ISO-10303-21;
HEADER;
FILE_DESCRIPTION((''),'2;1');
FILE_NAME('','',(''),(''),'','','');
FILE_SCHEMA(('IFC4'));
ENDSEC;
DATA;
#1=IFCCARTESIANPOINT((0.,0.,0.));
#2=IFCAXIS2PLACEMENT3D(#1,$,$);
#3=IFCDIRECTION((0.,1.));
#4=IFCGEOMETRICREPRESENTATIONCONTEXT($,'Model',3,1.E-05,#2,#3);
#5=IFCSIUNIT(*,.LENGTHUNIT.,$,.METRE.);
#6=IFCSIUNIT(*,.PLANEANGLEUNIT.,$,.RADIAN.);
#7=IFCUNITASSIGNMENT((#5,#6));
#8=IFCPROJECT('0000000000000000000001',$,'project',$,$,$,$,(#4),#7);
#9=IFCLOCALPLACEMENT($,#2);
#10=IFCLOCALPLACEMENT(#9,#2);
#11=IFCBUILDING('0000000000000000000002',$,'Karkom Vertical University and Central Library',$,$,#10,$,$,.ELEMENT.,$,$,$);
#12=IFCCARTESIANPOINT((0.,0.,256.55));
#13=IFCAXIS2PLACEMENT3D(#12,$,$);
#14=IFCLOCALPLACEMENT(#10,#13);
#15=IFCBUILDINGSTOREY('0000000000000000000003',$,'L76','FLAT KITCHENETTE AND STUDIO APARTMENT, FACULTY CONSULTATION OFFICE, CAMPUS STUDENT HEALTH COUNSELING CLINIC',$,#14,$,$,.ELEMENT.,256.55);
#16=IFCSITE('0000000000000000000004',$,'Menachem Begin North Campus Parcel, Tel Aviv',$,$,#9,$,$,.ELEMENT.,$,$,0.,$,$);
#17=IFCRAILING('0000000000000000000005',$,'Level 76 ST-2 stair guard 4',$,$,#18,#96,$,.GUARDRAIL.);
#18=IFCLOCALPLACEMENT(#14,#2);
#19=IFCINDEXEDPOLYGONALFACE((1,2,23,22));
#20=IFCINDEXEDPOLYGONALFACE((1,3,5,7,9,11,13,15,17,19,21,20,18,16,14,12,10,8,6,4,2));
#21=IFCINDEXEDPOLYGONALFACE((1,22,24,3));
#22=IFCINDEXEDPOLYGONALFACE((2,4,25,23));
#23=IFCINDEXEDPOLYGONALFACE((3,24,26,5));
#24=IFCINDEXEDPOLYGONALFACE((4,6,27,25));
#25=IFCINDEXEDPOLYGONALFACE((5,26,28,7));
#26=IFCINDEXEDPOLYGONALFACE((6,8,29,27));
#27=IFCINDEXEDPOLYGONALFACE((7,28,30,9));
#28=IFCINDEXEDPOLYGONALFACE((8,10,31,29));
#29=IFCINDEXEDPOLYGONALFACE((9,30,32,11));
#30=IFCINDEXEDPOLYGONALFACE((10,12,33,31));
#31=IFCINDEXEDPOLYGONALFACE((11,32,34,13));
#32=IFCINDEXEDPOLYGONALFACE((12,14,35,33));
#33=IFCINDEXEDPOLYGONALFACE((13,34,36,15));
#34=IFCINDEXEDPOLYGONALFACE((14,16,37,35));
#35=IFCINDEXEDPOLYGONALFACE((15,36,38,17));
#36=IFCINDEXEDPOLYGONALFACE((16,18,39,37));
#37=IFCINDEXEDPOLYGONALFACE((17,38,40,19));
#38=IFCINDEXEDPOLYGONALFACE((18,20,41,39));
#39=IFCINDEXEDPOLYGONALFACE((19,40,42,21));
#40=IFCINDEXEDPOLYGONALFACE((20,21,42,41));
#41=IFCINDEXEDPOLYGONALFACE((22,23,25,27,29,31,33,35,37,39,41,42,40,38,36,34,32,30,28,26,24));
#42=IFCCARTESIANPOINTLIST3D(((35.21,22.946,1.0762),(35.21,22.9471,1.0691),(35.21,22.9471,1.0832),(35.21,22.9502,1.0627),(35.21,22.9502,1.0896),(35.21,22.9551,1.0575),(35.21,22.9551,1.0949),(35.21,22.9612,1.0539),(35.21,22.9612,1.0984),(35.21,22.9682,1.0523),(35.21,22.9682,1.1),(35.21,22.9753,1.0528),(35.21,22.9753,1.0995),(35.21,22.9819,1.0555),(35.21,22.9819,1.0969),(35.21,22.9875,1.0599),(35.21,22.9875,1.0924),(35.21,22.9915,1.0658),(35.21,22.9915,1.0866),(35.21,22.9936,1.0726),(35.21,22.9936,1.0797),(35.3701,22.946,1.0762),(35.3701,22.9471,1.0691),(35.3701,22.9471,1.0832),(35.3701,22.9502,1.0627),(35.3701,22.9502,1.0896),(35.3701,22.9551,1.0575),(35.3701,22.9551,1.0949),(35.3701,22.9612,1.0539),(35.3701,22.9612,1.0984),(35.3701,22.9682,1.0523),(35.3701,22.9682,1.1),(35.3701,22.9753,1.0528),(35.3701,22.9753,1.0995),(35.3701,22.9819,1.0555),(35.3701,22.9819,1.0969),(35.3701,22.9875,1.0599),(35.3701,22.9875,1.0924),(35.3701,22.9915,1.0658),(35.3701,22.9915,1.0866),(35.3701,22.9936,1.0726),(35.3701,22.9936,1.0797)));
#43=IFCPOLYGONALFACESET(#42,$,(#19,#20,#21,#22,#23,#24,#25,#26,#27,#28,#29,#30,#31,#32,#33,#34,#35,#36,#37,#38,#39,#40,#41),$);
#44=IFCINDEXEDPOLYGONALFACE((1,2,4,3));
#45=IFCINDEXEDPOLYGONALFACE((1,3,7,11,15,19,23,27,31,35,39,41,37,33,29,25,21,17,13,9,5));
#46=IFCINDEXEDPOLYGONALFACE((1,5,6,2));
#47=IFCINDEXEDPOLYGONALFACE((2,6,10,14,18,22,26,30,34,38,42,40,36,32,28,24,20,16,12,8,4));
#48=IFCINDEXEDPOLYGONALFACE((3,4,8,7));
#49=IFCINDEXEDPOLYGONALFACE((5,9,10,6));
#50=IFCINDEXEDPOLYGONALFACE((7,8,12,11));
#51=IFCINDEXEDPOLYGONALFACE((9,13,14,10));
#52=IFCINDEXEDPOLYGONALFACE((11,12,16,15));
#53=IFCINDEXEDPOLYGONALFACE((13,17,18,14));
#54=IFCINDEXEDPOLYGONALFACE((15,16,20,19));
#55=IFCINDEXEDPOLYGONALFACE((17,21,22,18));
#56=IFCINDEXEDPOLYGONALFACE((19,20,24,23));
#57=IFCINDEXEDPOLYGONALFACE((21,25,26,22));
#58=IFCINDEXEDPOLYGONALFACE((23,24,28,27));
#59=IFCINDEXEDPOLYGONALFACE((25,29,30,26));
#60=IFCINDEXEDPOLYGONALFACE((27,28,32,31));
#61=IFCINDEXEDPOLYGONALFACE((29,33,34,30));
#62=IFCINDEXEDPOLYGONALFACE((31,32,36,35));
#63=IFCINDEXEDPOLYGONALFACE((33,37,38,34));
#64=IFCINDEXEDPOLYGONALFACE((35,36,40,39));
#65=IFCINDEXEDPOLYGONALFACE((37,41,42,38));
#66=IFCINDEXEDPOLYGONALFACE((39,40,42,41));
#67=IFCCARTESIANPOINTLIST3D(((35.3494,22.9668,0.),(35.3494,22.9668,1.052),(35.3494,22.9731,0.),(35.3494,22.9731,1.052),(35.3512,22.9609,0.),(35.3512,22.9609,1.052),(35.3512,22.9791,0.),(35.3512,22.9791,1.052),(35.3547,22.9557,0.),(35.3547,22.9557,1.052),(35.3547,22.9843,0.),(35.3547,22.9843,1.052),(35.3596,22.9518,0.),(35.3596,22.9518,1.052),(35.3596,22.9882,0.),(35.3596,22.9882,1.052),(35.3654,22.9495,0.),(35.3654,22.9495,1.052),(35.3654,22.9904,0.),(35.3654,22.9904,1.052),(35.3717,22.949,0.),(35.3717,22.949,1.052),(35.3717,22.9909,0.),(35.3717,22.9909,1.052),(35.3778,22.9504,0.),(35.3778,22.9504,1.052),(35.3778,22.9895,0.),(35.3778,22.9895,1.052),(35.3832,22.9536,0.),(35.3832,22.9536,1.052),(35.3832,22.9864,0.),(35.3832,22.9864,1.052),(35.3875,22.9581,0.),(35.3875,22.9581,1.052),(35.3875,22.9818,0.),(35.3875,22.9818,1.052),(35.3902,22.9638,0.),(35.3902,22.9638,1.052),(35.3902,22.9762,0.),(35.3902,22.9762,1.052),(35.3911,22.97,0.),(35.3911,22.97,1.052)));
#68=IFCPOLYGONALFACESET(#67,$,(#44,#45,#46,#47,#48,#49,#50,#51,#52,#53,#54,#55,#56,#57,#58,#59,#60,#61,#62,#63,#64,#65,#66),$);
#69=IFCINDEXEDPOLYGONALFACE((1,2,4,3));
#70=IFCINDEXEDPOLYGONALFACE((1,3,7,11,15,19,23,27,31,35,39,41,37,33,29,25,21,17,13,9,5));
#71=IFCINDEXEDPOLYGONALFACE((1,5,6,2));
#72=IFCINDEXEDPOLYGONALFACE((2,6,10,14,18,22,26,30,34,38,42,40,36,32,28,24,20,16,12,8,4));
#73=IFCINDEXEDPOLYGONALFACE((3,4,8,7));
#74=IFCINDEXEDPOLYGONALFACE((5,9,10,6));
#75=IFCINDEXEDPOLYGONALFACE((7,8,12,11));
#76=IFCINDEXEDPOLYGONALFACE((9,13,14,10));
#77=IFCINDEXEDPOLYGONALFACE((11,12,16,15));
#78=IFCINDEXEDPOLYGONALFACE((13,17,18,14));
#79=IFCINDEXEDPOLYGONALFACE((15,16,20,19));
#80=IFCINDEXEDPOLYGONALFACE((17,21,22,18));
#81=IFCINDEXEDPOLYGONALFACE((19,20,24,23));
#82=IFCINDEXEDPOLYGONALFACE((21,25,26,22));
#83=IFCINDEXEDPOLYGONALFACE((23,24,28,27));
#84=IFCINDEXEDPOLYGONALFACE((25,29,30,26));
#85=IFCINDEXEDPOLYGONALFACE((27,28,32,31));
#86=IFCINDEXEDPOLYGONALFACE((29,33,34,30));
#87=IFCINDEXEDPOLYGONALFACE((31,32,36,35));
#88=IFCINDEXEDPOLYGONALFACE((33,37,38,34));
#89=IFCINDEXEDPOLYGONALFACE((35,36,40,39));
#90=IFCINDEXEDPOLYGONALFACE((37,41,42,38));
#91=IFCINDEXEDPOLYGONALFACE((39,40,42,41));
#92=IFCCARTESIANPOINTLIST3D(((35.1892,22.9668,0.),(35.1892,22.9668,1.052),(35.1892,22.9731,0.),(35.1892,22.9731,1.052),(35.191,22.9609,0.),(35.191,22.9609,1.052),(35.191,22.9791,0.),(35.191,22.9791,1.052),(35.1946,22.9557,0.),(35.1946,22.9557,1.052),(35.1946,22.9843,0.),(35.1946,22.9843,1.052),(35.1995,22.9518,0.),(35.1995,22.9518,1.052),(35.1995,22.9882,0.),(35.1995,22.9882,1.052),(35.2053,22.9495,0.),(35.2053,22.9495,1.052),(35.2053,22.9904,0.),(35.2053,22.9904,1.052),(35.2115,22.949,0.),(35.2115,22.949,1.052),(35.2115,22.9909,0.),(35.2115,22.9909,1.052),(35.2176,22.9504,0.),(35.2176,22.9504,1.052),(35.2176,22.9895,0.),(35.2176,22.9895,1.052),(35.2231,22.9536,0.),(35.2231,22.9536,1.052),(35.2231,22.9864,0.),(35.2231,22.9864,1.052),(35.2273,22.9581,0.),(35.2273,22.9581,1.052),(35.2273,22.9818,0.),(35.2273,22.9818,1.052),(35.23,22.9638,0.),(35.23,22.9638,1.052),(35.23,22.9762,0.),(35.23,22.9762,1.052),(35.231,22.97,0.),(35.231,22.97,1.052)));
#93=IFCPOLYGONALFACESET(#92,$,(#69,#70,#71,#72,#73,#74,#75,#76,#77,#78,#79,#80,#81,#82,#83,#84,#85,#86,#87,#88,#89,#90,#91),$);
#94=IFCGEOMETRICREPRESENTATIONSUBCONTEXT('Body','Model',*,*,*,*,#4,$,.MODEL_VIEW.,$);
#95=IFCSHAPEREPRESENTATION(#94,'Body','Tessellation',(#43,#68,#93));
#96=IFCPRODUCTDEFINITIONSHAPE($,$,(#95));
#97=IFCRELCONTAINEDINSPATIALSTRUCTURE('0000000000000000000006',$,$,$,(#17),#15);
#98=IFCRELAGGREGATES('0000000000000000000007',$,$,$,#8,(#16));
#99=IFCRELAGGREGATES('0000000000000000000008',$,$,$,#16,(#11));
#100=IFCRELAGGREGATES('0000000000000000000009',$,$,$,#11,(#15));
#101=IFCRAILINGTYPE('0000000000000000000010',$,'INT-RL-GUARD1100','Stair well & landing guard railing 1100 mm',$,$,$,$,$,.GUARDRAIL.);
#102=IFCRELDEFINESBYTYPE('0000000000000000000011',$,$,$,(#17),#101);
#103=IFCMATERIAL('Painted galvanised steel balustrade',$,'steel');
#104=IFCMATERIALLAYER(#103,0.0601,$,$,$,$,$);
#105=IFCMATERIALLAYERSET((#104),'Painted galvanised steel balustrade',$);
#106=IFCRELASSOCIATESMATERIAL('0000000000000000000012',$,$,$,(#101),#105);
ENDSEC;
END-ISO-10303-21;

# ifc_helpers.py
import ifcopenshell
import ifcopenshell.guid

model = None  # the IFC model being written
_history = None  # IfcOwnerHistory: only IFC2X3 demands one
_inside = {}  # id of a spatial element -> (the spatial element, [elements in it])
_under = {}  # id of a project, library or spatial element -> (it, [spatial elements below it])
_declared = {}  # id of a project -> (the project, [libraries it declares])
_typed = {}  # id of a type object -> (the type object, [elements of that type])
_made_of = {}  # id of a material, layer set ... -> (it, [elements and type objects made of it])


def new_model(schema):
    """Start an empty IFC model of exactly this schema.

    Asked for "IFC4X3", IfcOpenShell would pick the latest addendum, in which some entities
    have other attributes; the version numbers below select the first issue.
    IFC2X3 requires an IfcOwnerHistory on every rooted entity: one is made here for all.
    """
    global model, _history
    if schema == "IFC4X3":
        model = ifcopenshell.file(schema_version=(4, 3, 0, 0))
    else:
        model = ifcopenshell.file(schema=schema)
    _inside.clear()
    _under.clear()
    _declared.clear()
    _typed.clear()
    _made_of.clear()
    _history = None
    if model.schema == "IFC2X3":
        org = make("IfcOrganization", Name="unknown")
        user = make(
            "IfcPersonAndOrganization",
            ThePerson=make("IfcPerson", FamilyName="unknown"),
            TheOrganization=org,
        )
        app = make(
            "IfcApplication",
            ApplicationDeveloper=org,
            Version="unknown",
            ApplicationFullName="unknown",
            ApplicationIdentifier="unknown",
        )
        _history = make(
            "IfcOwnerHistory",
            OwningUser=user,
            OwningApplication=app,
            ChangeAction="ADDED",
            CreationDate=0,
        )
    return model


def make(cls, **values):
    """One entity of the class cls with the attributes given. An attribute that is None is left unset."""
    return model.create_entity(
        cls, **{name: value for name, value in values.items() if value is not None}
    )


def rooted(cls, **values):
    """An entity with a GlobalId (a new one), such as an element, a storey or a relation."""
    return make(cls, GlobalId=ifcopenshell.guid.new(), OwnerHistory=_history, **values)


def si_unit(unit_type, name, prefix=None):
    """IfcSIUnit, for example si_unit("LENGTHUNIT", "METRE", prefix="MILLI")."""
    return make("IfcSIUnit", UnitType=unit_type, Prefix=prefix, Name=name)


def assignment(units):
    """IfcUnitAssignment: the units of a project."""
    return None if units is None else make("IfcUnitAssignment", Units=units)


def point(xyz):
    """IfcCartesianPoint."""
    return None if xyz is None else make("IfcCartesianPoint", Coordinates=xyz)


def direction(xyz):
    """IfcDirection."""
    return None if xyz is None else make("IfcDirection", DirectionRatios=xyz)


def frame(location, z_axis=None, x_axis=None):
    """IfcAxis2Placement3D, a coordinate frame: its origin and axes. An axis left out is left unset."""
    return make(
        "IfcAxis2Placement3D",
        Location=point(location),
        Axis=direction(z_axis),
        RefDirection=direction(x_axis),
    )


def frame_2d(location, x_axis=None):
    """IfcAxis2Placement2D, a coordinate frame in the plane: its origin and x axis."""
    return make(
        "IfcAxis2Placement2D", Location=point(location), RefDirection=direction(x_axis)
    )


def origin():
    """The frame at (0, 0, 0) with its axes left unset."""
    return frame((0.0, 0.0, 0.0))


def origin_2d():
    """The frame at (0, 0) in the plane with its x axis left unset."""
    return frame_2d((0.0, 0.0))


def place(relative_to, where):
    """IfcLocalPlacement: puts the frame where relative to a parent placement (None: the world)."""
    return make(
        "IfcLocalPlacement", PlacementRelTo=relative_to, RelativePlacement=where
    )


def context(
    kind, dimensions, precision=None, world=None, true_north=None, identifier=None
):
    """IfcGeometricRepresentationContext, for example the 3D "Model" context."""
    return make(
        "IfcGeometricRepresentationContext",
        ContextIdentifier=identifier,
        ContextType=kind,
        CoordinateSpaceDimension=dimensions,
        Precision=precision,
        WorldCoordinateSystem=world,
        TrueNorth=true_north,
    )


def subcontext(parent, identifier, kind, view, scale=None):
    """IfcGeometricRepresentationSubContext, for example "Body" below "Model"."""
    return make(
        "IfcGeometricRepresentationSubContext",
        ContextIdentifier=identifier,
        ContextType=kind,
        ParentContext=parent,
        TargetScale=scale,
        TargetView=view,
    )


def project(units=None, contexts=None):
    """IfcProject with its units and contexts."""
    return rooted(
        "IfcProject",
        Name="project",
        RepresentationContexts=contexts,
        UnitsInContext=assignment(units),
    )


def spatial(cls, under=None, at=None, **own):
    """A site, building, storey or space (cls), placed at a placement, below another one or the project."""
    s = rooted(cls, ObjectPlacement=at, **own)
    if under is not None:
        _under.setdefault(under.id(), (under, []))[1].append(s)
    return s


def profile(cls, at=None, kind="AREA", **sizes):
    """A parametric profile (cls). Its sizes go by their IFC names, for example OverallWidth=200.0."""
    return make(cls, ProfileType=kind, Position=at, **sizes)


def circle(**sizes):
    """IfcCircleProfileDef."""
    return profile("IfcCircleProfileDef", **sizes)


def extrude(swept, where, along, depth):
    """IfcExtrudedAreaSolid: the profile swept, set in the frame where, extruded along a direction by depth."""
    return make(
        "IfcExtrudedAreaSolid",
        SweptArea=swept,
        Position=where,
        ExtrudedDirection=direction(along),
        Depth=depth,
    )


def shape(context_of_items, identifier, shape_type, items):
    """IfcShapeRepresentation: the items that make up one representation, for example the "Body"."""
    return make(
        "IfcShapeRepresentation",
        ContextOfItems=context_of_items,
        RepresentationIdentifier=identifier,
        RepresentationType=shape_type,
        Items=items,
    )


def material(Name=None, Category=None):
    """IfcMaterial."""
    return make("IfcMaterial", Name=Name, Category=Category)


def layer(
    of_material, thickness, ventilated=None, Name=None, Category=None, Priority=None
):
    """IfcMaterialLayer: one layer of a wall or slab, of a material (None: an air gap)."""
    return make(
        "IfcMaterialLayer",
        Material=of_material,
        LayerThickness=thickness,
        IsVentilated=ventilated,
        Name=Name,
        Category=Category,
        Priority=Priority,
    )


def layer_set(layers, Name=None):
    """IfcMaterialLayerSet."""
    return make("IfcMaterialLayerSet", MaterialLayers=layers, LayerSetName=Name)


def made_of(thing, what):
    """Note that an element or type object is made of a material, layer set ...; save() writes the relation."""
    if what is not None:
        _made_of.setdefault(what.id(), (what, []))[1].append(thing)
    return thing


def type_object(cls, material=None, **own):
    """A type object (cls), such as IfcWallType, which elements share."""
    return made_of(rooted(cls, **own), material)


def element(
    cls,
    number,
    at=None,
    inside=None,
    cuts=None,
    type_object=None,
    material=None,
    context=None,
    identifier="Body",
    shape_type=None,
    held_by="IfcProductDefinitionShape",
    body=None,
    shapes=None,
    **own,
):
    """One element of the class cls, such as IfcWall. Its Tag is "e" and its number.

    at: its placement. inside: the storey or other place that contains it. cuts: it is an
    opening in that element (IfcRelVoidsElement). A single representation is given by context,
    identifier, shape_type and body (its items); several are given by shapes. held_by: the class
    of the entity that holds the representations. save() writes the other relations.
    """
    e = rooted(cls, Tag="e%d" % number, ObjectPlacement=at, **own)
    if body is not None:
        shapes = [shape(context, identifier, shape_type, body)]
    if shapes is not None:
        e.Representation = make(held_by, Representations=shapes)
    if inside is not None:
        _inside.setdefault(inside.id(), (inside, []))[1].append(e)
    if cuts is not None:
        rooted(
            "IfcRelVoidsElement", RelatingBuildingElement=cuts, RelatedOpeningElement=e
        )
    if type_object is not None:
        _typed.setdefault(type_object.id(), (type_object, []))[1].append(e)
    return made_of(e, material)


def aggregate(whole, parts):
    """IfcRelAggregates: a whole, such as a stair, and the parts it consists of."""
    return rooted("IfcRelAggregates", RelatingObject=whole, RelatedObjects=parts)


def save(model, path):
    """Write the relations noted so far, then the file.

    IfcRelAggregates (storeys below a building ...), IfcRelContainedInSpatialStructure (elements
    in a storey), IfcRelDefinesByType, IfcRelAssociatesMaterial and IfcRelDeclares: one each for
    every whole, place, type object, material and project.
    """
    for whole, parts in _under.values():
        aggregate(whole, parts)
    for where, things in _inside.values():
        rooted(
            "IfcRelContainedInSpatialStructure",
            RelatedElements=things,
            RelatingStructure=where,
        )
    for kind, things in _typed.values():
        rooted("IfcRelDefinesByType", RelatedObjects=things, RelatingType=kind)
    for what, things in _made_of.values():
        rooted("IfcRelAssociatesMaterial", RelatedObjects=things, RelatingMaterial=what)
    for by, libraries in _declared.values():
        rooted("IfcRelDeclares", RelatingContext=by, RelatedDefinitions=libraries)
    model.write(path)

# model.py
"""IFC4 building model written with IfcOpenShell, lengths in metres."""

from ifc_helpers import new_model, si_unit, direction, frame, origin, origin_2d, place, context, subcontext, project, spatial, circle, extrude, material, layer, layer_set, type_object, element, save


model = new_model("IFC4")

# Units and contexts
model_context = context("Model", 3, precision=1e-05, world=origin(), true_north=direction((0.0, 1.0)))
body_context = subcontext(model_context, "Body", "Model", "MODEL_VIEW")
ifc_project = project(units=[si_unit("LENGTHUNIT", "METRE"), si_unit("PLANEANGLEUNIT", "RADIAN")], contexts=[model_context])

# Site, building, storey
site_placement = place(None, origin())
site = spatial("IfcSite", under=ifc_project, at=site_placement, Name="Menachem Begin North Campus Parcel, Tel Aviv", CompositionType="ELEMENT", RefElevation=0.0)
building_placement = place(site_placement, origin())
building = spatial("IfcBuilding", under=site, at=building_placement, Name="Karkom Vertical University and Central Library", CompositionType="ELEMENT")
storey_placement = place(building_placement, frame((0.0, 0.0, 256.55)))
storey = spatial("IfcBuildingStorey", under=building, at=storey_placement, Name="L76", Description="FLAT KITCHENETTE AND STUDIO APARTMENT, FACULTY CONSULTATION OFFICE, CAMPUS STUDENT HEALTH COUNSELING CLINIC", CompositionType="ELEMENT", Elevation=256.55)

# Railing
ifc_material_1 = material(Name="Painted galvanised steel balustrade", Category="steel")
ifc_layer_1 = layer(ifc_material_1, 0.0601)
ifc_layer_set_1 = layer_set([ifc_layer_1], Name="Painted galvanised steel balustrade")
railing_type_1 = type_object("IfcRailingType", Name="INT-RL-GUARD1100", Description="Stair well & landing guard railing 1100 mm", PredefinedType="GUARDRAIL", material=ifc_layer_set_1)
railing_1_placement = place(storey_placement, frame((35.3701, 22.97, 0.0)))
element("IfcRailing", 1, at=railing_1_placement, inside=storey, type_object=railing_type_1, Name="Level 76 ST-2 stair guard 4", PredefinedType="GUARDRAIL", context=body_context, shape_type="SweptSolid", body=[
    extrude(circle(Radius=0.0239, at=origin_2d()), frame((0.0, 0.0, 1.0762), z_axis=(-1.0, 0.0, 0.0), x_axis=(0.0, -1.0, 0.0)), (0.0, 0.0, 1.0), 0.1602),
    extrude(circle(Radius=0.021, at=origin_2d()), origin(), (0.0, 0.0, 1.0), 1.052),
    extrude(circle(Radius=0.021, at=origin_2d()), frame((-0.1602, 0.0, 0.0)), (0.0, 0.0, 1.0), 1.052),
])

save(model, "model.ifc")
